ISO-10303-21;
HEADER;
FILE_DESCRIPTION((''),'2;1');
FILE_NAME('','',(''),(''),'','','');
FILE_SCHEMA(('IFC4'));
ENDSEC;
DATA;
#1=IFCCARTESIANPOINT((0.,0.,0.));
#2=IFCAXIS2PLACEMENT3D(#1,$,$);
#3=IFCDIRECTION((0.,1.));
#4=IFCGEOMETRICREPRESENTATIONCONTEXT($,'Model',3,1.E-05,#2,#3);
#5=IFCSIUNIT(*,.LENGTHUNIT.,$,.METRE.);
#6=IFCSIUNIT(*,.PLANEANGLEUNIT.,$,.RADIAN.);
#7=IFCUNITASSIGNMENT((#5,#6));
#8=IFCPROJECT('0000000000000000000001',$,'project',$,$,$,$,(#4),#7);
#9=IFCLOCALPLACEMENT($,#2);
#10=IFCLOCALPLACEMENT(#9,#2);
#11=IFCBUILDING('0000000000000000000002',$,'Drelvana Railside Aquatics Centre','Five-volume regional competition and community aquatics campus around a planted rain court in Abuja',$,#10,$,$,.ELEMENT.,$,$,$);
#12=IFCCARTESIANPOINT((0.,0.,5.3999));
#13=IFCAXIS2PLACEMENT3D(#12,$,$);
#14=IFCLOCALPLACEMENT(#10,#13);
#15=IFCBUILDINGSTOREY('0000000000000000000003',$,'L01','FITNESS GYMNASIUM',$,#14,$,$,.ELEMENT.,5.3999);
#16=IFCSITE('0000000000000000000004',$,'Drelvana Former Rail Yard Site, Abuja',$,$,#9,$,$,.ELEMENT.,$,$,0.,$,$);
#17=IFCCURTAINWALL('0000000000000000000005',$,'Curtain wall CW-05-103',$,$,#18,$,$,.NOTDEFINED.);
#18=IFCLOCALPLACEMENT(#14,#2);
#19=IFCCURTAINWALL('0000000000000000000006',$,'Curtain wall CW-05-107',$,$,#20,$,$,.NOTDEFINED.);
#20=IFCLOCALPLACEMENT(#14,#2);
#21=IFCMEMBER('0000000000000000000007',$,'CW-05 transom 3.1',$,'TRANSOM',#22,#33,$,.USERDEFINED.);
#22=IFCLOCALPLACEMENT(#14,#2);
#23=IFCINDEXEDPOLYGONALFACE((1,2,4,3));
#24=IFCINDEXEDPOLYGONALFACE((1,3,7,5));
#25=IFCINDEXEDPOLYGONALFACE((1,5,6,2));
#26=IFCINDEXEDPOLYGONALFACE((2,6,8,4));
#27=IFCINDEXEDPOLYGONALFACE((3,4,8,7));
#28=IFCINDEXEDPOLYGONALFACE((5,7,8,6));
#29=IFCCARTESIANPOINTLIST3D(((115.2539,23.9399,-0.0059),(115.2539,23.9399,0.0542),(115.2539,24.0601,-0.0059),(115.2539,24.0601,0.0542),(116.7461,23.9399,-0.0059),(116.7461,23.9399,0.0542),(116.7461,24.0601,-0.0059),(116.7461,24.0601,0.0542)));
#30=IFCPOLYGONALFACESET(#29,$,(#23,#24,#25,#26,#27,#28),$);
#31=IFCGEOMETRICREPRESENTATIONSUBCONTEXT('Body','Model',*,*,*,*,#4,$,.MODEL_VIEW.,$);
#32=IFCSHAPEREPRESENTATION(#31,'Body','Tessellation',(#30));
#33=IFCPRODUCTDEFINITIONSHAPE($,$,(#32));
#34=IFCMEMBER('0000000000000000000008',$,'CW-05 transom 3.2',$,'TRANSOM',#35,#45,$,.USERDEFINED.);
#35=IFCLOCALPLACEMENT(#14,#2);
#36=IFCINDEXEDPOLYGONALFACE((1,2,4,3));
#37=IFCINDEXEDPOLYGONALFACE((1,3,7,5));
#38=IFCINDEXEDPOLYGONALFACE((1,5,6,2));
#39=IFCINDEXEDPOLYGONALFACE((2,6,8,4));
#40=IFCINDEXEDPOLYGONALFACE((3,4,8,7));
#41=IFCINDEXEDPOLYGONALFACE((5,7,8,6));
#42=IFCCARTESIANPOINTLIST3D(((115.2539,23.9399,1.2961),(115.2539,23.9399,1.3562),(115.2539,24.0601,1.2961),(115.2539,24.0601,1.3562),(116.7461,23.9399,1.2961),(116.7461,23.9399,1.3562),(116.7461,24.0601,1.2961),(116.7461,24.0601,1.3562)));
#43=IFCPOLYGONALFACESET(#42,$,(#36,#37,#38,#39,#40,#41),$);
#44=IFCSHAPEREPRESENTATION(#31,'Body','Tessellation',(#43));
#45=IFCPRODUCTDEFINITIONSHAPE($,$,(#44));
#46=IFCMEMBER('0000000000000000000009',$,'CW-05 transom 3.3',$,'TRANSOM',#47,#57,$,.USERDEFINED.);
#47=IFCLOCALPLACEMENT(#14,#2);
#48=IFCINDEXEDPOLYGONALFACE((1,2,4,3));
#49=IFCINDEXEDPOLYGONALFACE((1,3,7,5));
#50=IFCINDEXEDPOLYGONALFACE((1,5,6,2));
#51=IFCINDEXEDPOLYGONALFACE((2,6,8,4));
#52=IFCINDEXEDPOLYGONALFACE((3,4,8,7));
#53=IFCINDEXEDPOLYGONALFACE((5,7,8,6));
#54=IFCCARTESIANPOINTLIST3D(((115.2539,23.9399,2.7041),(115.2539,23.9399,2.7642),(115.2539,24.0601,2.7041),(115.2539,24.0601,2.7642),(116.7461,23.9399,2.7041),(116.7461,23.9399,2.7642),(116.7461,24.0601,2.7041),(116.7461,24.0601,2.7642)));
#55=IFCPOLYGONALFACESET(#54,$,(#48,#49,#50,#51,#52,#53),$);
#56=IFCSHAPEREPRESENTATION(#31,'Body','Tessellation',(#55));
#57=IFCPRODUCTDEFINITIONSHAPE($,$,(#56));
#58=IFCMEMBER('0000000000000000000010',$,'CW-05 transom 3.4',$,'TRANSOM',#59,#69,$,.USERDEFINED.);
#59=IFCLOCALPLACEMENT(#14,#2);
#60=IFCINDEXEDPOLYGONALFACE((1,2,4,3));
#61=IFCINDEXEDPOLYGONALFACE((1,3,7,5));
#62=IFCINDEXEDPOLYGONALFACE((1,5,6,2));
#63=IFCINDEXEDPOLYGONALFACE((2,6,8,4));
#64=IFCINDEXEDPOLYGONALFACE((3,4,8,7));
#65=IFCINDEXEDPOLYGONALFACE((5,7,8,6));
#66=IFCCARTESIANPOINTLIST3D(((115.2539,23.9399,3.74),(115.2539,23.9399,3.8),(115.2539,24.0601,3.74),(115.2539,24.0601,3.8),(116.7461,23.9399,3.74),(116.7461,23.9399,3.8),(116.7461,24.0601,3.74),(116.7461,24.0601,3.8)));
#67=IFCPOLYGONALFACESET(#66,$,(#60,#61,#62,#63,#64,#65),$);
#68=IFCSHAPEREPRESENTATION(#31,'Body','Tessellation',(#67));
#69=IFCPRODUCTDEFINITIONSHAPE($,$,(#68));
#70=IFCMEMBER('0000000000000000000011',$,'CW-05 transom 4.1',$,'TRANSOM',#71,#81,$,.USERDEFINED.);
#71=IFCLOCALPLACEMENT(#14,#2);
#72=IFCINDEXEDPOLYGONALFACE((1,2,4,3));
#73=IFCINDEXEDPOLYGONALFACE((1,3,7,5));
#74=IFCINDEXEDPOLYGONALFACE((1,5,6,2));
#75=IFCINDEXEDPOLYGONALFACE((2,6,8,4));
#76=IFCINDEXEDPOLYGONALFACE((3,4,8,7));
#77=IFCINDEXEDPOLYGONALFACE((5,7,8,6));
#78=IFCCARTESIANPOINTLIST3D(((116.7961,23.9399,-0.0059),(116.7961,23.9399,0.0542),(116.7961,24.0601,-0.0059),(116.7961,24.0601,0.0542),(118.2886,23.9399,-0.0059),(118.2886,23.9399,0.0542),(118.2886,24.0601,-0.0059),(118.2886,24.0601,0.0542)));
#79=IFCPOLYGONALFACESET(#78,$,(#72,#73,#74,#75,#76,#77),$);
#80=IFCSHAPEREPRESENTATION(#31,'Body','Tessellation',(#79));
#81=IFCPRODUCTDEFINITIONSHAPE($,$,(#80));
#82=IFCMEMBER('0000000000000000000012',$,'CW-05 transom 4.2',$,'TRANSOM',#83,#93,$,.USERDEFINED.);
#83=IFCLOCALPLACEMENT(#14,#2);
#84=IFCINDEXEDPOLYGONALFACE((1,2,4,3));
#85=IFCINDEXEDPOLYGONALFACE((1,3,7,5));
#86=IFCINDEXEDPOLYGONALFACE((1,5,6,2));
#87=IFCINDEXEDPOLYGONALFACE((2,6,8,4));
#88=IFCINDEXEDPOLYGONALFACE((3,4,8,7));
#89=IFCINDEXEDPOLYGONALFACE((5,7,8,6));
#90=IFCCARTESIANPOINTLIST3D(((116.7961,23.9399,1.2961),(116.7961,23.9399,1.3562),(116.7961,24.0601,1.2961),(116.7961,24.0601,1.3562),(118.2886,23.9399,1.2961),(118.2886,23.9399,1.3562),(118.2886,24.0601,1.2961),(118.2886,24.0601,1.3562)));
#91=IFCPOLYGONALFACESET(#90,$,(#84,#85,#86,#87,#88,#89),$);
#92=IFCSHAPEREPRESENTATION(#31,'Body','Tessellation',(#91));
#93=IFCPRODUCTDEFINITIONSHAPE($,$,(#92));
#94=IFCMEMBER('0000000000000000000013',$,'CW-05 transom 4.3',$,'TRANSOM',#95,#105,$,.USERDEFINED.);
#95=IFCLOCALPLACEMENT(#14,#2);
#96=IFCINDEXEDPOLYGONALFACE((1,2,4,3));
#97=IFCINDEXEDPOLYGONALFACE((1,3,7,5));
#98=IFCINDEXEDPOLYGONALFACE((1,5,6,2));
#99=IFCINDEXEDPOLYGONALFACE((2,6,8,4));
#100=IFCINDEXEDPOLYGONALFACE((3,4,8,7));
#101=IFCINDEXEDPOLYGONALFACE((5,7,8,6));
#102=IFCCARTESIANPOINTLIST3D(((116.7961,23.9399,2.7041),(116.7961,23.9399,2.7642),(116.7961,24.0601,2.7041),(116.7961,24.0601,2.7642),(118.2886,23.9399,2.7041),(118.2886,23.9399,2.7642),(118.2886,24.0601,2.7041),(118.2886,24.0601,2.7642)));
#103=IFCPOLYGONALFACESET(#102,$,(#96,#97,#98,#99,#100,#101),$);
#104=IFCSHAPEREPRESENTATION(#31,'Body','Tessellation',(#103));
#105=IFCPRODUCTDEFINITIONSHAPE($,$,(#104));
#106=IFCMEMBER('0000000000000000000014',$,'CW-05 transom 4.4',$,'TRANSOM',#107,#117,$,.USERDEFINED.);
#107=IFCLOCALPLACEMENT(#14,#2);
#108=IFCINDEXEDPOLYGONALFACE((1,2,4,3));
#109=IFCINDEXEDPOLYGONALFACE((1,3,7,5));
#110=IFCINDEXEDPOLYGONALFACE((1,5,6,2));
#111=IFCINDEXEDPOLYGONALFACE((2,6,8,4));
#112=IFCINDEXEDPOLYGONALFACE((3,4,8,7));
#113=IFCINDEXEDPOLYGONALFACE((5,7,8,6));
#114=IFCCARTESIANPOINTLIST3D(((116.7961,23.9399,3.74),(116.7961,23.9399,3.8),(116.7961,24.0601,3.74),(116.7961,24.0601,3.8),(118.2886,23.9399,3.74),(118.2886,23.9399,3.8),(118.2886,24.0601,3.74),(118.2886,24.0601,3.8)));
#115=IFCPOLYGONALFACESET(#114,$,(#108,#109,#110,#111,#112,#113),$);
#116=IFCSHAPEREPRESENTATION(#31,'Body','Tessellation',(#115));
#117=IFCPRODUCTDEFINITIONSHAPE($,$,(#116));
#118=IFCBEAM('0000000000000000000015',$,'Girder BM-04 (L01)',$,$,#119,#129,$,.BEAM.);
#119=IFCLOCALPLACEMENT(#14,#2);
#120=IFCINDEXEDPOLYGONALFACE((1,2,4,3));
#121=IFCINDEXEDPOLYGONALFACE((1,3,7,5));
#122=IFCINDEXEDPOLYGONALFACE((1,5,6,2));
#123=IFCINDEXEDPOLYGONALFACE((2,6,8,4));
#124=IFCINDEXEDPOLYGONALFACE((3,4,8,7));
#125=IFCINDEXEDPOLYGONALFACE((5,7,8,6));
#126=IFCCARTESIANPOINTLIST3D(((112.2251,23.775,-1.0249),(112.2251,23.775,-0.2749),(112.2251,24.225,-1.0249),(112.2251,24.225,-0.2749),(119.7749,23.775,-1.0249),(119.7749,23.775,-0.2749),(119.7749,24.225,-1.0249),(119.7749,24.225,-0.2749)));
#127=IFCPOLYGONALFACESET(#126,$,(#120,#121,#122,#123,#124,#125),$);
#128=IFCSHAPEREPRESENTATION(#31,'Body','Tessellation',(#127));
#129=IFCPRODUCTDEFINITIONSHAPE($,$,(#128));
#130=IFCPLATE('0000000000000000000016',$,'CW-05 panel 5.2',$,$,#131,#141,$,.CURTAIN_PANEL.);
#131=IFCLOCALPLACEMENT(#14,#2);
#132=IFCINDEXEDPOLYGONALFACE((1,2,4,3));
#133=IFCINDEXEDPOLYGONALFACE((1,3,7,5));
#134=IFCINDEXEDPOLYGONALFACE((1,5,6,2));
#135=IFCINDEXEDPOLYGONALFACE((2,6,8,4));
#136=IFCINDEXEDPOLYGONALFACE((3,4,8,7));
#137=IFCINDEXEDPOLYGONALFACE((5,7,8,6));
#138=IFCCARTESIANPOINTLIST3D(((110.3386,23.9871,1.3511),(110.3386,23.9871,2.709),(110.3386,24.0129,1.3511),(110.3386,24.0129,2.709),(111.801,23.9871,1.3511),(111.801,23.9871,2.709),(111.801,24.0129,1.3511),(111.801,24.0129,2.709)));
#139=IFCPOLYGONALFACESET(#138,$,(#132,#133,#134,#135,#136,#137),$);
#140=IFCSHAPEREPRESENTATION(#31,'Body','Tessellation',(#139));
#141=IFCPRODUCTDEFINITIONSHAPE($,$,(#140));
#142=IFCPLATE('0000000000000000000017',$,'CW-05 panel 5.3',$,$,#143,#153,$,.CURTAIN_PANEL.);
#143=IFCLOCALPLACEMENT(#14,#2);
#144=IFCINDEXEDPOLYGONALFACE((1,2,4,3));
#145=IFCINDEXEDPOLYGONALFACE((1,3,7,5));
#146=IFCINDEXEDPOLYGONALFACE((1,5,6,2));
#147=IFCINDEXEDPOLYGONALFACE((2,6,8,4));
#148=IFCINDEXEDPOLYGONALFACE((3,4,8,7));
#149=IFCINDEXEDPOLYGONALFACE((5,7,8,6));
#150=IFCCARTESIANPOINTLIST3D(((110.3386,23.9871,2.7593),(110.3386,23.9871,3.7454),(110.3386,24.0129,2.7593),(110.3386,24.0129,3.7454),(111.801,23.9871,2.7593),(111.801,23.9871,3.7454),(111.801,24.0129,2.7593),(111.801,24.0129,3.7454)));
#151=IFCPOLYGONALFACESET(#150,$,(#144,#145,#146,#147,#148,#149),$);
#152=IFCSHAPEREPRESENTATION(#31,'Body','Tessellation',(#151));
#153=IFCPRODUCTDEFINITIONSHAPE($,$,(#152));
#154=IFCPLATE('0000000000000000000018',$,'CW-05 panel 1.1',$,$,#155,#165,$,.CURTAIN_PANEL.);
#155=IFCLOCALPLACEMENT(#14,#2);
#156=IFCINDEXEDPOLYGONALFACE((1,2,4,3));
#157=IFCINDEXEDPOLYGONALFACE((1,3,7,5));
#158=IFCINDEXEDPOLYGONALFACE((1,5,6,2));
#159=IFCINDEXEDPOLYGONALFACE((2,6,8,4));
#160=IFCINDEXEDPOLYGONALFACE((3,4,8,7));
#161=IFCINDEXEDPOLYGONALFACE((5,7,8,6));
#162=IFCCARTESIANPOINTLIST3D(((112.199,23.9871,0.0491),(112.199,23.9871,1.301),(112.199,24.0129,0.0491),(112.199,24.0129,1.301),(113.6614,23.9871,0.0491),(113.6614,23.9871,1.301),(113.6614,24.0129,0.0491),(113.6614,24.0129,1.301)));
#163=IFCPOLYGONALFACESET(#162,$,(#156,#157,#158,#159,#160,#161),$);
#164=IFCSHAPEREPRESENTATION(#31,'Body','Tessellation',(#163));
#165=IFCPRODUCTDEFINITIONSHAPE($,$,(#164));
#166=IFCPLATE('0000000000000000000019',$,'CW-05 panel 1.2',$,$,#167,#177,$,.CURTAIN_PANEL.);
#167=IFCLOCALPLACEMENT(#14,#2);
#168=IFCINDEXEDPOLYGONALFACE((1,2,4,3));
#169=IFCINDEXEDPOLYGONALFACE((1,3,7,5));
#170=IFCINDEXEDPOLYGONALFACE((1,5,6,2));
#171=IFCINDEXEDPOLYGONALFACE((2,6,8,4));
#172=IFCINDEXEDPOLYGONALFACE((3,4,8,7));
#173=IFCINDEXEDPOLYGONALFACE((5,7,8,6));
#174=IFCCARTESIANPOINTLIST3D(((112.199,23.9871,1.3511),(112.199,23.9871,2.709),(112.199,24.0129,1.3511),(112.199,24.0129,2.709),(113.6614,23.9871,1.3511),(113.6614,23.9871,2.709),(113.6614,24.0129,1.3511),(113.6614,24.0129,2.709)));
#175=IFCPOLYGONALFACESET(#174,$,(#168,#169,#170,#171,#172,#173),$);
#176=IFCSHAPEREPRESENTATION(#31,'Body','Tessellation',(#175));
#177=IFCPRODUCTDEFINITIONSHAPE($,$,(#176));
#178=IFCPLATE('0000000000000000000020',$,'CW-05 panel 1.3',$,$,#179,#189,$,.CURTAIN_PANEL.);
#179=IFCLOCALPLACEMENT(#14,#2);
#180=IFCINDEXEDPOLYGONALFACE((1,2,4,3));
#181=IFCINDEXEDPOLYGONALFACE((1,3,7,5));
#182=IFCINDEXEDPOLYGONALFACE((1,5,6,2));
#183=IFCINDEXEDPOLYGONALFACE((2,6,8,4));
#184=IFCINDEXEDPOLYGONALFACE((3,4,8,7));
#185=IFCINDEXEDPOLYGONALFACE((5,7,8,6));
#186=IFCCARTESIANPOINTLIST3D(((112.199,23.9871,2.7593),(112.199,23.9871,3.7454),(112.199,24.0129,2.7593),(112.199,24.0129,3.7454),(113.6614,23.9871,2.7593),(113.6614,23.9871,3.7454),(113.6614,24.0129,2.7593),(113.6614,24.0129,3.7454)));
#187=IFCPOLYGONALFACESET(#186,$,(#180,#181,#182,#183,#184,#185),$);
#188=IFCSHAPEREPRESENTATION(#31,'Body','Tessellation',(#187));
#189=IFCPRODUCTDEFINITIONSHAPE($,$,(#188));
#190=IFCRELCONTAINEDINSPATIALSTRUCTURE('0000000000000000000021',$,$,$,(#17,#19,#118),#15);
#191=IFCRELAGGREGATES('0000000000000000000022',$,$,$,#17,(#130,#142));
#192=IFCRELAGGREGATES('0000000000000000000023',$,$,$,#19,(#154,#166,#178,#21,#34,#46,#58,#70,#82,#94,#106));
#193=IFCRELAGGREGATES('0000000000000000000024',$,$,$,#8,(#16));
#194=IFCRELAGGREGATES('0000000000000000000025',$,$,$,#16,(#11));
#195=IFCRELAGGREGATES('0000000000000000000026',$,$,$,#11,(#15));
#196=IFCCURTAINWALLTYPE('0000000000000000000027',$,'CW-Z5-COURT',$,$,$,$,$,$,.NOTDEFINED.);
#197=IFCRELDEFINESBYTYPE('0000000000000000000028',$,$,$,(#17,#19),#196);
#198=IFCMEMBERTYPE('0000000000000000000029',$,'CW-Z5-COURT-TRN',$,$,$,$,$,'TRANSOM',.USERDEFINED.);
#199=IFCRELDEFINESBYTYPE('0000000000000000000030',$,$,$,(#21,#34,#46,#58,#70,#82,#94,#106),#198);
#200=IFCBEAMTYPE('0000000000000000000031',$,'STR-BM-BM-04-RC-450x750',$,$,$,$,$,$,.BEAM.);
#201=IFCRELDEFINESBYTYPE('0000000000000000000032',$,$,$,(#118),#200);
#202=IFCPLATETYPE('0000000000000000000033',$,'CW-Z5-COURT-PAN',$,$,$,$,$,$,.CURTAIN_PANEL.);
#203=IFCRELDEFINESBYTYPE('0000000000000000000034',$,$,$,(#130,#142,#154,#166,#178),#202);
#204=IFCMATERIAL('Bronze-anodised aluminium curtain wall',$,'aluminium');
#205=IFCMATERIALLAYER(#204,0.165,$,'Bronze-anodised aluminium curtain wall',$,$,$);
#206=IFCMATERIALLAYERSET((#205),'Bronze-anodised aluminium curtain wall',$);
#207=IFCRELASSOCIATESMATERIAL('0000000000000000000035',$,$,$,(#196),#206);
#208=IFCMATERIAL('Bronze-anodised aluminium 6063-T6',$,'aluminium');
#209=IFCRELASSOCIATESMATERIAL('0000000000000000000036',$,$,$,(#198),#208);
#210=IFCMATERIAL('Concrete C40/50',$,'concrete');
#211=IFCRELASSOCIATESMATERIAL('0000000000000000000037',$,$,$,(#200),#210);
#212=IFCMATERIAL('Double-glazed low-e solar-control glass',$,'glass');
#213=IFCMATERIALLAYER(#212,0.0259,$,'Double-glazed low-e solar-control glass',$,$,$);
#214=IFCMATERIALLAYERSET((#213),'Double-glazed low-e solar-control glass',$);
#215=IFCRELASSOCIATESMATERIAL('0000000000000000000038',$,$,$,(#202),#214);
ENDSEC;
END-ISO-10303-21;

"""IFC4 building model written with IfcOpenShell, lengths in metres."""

from ifc_helpers import new_model, si_unit, direction, frame, origin, origin_2d, place, context, subcontext, project, spatial, rectangle, extrude, material, layer, layer_set, material_profile, profile_set, type_object, element, aggregate, save


model = new_model("IFC4")

# Units and contexts
model_context = context("Model", 3, precision=1e-05, world=origin(), true_north=direction((0.0, 1.0)))
body_context = subcontext(model_context, "Body", "Model", "MODEL_VIEW")
ifc_project = project(units=[si_unit("LENGTHUNIT", "METRE"), si_unit("PLANEANGLEUNIT", "RADIAN")], contexts=[model_context])

# Site, building, storey
site_placement = place(None, origin())
site = spatial("IfcSite", under=ifc_project, at=site_placement, Name="Drelvana Former Rail Yard Site, Abuja", CompositionType="ELEMENT", RefElevation=0.0)
building_placement = place(site_placement, origin())
building = spatial("IfcBuilding", under=site, at=building_placement, Name="Drelvana Railside Aquatics Centre", Description="Five-volume regional competition and community aquatics campus around a planted rain court in Abuja", CompositionType="ELEMENT")
storey_placement = place(building_placement, frame((0.0, 0.0, 5.3999)))
storey = spatial("IfcBuildingStorey", under=building, at=storey_placement, Name="L01", Description="FITNESS GYMNASIUM", CompositionType="ELEMENT", Elevation=5.3999)

# Curtain wall
ifc_material_1 = material(Name="Bronze-anodised aluminium curtain wall", Category="aluminium")
ifc_layer_1 = layer(ifc_material_1, 0.165, Name="Bronze-anodised aluminium curtain wall")
ifc_layer_set_1 = layer_set([ifc_layer_1], Name="Bronze-anodised aluminium curtain wall")
curtain_wall_type = type_object("IfcCurtainWallType", Name="CW-Z5-COURT", PredefinedType="NOTDEFINED", material=ifc_layer_set_1)
curtain_wall_1_placement = place(storey_placement, origin())
curtain_wall_1 = element("IfcCurtainWall", 1, at=curtain_wall_1_placement, inside=storey, type_object=curtain_wall_type, Name="Curtain wall CW-05-103", PredefinedType="NOTDEFINED")
ifc_material_2 = material(Name="Bronze-anodised aluminium 6063-T6", Category="aluminium")

# Curtain wall, members
curtain_wall_2_placement = place(storey_placement, origin())
curtain_wall_2 = element("IfcCurtainWall", 2, at=curtain_wall_2_placement, inside=storey, type_object=curtain_wall_type, Name="Curtain wall CW-05-107", PredefinedType="NOTDEFINED")
ifc_material_profile_1 = material_profile(ifc_material_2, rectangle(XDim=0.1201, YDim=0.0601, at=origin_2d()), Name="ALU-T 60x120")
ifc_profile_set_1 = profile_set([ifc_material_profile_1], Name="Bronze-anodised aluminium 6063-T6")
member_type_1 = type_object("IfcMemberType", Name="CW-Z5-COURT-TRN", ElementType="TRANSOM", PredefinedType="USERDEFINED", material=ifc_profile_set_1)
member_1_placement = place(storey_placement, frame((115.2539, 24.0, 0.0242), z_axis=(1.0, 0.0, 0.0), x_axis=(0.0, 1.0, 0.0)))
member_1 = element("IfcMember", 3, at=member_1_placement, type_object=member_type_1, Name="CW-05 transom 3.1", ObjectType="TRANSOM", PredefinedType="USERDEFINED", context=body_context, shape_type="SweptSolid", body=[
    extrude(rectangle(XDim=0.1201, YDim=0.0601, at=origin_2d()), origin(), (0.0, 0.0, 1.0), 1.4922),
])
member_2_placement = place(storey_placement, frame((115.2539, 24.0, 1.3262), z_axis=(1.0, 0.0, 0.0), x_axis=(0.0, 1.0, 0.0)))
member_2 = element("IfcMember", 4, at=member_2_placement, type_object=member_type_1, Name="CW-05 transom 3.2", ObjectType="TRANSOM", PredefinedType="USERDEFINED", context=body_context, shape_type="SweptSolid", body=[
    extrude(rectangle(XDim=0.1201, YDim=0.0601, at=origin_2d()), origin(), (0.0, 0.0, 1.0), 1.4922),
])
member_3_placement = place(storey_placement, frame((115.2539, 24.0, 2.7341), z_axis=(1.0, 0.0, 0.0), x_axis=(0.0, 1.0, 0.0)))
member_3 = element("IfcMember", 5, at=member_3_placement, type_object=member_type_1, Name="CW-05 transom 3.3", ObjectType="TRANSOM", PredefinedType="USERDEFINED", context=body_context, shape_type="SweptSolid", body=[
    extrude(rectangle(XDim=0.1201, YDim=0.0601, at=origin_2d()), origin(), (0.0, 0.0, 1.0), 1.4922),
])
member_4_placement = place(storey_placement, frame((115.2539, 24.0, 3.77), z_axis=(1.0, 0.0, 0.0), x_axis=(0.0, 1.0, 0.0)))
member_4 = element("IfcMember", 6, at=member_4_placement, type_object=member_type_1, Name="CW-05 transom 3.4", ObjectType="TRANSOM", PredefinedType="USERDEFINED", context=body_context, shape_type="SweptSolid", body=[
    extrude(rectangle(XDim=0.1201, YDim=0.0601, at=origin_2d()), origin(), (0.0, 0.0, 1.0), 1.4922),
])
member_5_placement = place(storey_placement, frame((116.7961, 24.0, 0.0242), z_axis=(1.0, 0.0, 0.0), x_axis=(0.0, 1.0, 0.0)))
member_5 = element("IfcMember", 7, at=member_5_placement, type_object=member_type_1, Name="CW-05 transom 4.1", ObjectType="TRANSOM", PredefinedType="USERDEFINED", context=body_context, shape_type="SweptSolid", body=[
    extrude(rectangle(XDim=0.1201, YDim=0.0601, at=origin_2d()), origin(), (0.0, 0.0, 1.0), 1.4924),
])
member_6_placement = place(storey_placement, frame((116.7961, 24.0, 1.3262), z_axis=(1.0, 0.0, 0.0), x_axis=(0.0, 1.0, 0.0)))
member_6 = element("IfcMember", 8, at=member_6_placement, type_object=member_type_1, Name="CW-05 transom 4.2", ObjectType="TRANSOM", PredefinedType="USERDEFINED", context=body_context, shape_type="SweptSolid", body=[
    extrude(rectangle(XDim=0.1201, YDim=0.0601, at=origin_2d()), origin(), (0.0, 0.0, 1.0), 1.4924),
])
member_7_placement = place(storey_placement, frame((116.7961, 24.0, 2.7341), z_axis=(1.0, 0.0, 0.0), x_axis=(0.0, 1.0, 0.0)))
member_7 = element("IfcMember", 9, at=member_7_placement, type_object=member_type_1, Name="CW-05 transom 4.3", ObjectType="TRANSOM", PredefinedType="USERDEFINED", context=body_context, shape_type="SweptSolid", body=[
    extrude(rectangle(XDim=0.1201, YDim=0.0601, at=origin_2d()), origin(), (0.0, 0.0, 1.0), 1.4924),
])
member_8_placement = place(storey_placement, frame((116.7961, 24.0, 3.77), z_axis=(1.0, 0.0, 0.0), x_axis=(0.0, 1.0, 0.0)))
member_8 = element("IfcMember", 10, at=member_8_placement, type_object=member_type_1, Name="CW-05 transom 4.4", ObjectType="TRANSOM", PredefinedType="USERDEFINED", context=body_context, shape_type="SweptSolid", body=[
    extrude(rectangle(XDim=0.1201, YDim=0.0601, at=origin_2d()), origin(), (0.0, 0.0, 1.0), 1.4924),
])

# Beam
ifc_material_3 = material(Name="Concrete C40/50", Category="concrete")
ifc_material_profile_2 = material_profile(ifc_material_3, rectangle(XDim=0.45, YDim=0.75, at=origin_2d()), Name="RC 450x750")
ifc_profile_set_2 = profile_set([ifc_material_profile_2], Name="Concrete C40/50")
beam_type = type_object("IfcBeamType", Name="STR-BM-BM-04-RC-450x750", PredefinedType="BEAM", material=ifc_profile_set_2)
beam_placement = place(storey_placement, frame((112.2251, 24.0, -0.6499), z_axis=(1.0, 0.0, 0.0), x_axis=(0.0, 1.0, 0.0)))
element("IfcBeam", 11, at=beam_placement, inside=storey, type_object=beam_type, Name="Girder BM-04 (L01)", PredefinedType="BEAM", context=body_context, shape_type="SweptSolid", body=[
    extrude(rectangle(XDim=0.45, YDim=0.75, at=origin_2d()), origin(), (0.0, 0.0, 1.0), 7.5498),
])

# Plates
ifc_material_4 = material(Name="Double-glazed low-e solar-control glass", Category="glass")
ifc_layer_2 = layer(ifc_material_4, 0.0259, Name="Double-glazed low-e solar-control glass")
ifc_layer_set_2 = layer_set([ifc_layer_2], Name="Double-glazed low-e solar-control glass")
plate_type = type_object("IfcPlateType", Name="CW-Z5-COURT-PAN", PredefinedType="CURTAIN_PANEL", material=ifc_layer_set_2)
plate_1_placement = place(storey_placement, frame((111.0698, 24.0, 1.3511), z_axis=(0.0, 0.0, 1.0), x_axis=(1.0, 0.0, 0.0)))
plate_1 = element("IfcPlate", 12, at=plate_1_placement, type_object=plate_type, Name="CW-05 panel 5.2", PredefinedType="CURTAIN_PANEL", context=body_context, shape_type="SweptSolid", body=[
    extrude(rectangle(XDim=1.4624, YDim=0.0259, at=origin_2d()), origin(), (0.0, 0.0, 1.0), 1.3579),
])
plate_2_placement = place(storey_placement, frame((111.0698, 24.0, 2.7593), z_axis=(0.0, 0.0, 1.0), x_axis=(1.0, 0.0, 0.0)))
plate_2 = element("IfcPlate", 13, at=plate_2_placement, type_object=plate_type, Name="CW-05 panel 5.3", PredefinedType="CURTAIN_PANEL", context=body_context, shape_type="SweptSolid", body=[
    extrude(rectangle(XDim=1.4624, YDim=0.0259, at=origin_2d()), origin(), (0.0, 0.0, 1.0), 0.9861),
])
aggregate(curtain_wall_1, [plate_1, plate_2])
plate_3_placement = place(storey_placement, frame((112.9302, 24.0, 0.0491), z_axis=(0.0, 0.0, 1.0), x_axis=(1.0, 0.0, 0.0)))
plate_3 = element("IfcPlate", 14, at=plate_3_placement, type_object=plate_type, Name="CW-05 panel 1.1", PredefinedType="CURTAIN_PANEL", context=body_context, shape_type="SweptSolid", body=[
    extrude(rectangle(XDim=1.4624, YDim=0.0259, at=origin_2d()), origin(), (0.0, 0.0, 1.0), 1.252),
])
plate_4_placement = place(storey_placement, frame((112.9302, 24.0, 1.3511), z_axis=(0.0, 0.0, 1.0), x_axis=(1.0, 0.0, 0.0)))
plate_4 = element("IfcPlate", 15, at=plate_4_placement, type_object=plate_type, Name="CW-05 panel 1.2", PredefinedType="CURTAIN_PANEL", context=body_context, shape_type="SweptSolid", body=[
    extrude(rectangle(XDim=1.4624, YDim=0.0259, at=origin_2d()), origin(), (0.0, 0.0, 1.0), 1.3579),
])
plate_5_placement = place(storey_placement, frame((112.9302, 24.0, 2.7593), z_axis=(0.0, 0.0, 1.0), x_axis=(1.0, 0.0, 0.0)))
plate_5 = element("IfcPlate", 16, at=plate_5_placement, type_object=plate_type, Name="CW-05 panel 1.3", PredefinedType="CURTAIN_PANEL", context=body_context, shape_type="SweptSolid", body=[
    extrude(rectangle(XDim=1.4624, YDim=0.0259, at=origin_2d()), origin(), (0.0, 0.0, 1.0), 0.9861),
])
aggregate(curtain_wall_2, [plate_3, plate_4, plate_5, member_1, member_2, member_3, member_4, member_5, member_6, member_7, member_8])

save(model, "model.ifc")
